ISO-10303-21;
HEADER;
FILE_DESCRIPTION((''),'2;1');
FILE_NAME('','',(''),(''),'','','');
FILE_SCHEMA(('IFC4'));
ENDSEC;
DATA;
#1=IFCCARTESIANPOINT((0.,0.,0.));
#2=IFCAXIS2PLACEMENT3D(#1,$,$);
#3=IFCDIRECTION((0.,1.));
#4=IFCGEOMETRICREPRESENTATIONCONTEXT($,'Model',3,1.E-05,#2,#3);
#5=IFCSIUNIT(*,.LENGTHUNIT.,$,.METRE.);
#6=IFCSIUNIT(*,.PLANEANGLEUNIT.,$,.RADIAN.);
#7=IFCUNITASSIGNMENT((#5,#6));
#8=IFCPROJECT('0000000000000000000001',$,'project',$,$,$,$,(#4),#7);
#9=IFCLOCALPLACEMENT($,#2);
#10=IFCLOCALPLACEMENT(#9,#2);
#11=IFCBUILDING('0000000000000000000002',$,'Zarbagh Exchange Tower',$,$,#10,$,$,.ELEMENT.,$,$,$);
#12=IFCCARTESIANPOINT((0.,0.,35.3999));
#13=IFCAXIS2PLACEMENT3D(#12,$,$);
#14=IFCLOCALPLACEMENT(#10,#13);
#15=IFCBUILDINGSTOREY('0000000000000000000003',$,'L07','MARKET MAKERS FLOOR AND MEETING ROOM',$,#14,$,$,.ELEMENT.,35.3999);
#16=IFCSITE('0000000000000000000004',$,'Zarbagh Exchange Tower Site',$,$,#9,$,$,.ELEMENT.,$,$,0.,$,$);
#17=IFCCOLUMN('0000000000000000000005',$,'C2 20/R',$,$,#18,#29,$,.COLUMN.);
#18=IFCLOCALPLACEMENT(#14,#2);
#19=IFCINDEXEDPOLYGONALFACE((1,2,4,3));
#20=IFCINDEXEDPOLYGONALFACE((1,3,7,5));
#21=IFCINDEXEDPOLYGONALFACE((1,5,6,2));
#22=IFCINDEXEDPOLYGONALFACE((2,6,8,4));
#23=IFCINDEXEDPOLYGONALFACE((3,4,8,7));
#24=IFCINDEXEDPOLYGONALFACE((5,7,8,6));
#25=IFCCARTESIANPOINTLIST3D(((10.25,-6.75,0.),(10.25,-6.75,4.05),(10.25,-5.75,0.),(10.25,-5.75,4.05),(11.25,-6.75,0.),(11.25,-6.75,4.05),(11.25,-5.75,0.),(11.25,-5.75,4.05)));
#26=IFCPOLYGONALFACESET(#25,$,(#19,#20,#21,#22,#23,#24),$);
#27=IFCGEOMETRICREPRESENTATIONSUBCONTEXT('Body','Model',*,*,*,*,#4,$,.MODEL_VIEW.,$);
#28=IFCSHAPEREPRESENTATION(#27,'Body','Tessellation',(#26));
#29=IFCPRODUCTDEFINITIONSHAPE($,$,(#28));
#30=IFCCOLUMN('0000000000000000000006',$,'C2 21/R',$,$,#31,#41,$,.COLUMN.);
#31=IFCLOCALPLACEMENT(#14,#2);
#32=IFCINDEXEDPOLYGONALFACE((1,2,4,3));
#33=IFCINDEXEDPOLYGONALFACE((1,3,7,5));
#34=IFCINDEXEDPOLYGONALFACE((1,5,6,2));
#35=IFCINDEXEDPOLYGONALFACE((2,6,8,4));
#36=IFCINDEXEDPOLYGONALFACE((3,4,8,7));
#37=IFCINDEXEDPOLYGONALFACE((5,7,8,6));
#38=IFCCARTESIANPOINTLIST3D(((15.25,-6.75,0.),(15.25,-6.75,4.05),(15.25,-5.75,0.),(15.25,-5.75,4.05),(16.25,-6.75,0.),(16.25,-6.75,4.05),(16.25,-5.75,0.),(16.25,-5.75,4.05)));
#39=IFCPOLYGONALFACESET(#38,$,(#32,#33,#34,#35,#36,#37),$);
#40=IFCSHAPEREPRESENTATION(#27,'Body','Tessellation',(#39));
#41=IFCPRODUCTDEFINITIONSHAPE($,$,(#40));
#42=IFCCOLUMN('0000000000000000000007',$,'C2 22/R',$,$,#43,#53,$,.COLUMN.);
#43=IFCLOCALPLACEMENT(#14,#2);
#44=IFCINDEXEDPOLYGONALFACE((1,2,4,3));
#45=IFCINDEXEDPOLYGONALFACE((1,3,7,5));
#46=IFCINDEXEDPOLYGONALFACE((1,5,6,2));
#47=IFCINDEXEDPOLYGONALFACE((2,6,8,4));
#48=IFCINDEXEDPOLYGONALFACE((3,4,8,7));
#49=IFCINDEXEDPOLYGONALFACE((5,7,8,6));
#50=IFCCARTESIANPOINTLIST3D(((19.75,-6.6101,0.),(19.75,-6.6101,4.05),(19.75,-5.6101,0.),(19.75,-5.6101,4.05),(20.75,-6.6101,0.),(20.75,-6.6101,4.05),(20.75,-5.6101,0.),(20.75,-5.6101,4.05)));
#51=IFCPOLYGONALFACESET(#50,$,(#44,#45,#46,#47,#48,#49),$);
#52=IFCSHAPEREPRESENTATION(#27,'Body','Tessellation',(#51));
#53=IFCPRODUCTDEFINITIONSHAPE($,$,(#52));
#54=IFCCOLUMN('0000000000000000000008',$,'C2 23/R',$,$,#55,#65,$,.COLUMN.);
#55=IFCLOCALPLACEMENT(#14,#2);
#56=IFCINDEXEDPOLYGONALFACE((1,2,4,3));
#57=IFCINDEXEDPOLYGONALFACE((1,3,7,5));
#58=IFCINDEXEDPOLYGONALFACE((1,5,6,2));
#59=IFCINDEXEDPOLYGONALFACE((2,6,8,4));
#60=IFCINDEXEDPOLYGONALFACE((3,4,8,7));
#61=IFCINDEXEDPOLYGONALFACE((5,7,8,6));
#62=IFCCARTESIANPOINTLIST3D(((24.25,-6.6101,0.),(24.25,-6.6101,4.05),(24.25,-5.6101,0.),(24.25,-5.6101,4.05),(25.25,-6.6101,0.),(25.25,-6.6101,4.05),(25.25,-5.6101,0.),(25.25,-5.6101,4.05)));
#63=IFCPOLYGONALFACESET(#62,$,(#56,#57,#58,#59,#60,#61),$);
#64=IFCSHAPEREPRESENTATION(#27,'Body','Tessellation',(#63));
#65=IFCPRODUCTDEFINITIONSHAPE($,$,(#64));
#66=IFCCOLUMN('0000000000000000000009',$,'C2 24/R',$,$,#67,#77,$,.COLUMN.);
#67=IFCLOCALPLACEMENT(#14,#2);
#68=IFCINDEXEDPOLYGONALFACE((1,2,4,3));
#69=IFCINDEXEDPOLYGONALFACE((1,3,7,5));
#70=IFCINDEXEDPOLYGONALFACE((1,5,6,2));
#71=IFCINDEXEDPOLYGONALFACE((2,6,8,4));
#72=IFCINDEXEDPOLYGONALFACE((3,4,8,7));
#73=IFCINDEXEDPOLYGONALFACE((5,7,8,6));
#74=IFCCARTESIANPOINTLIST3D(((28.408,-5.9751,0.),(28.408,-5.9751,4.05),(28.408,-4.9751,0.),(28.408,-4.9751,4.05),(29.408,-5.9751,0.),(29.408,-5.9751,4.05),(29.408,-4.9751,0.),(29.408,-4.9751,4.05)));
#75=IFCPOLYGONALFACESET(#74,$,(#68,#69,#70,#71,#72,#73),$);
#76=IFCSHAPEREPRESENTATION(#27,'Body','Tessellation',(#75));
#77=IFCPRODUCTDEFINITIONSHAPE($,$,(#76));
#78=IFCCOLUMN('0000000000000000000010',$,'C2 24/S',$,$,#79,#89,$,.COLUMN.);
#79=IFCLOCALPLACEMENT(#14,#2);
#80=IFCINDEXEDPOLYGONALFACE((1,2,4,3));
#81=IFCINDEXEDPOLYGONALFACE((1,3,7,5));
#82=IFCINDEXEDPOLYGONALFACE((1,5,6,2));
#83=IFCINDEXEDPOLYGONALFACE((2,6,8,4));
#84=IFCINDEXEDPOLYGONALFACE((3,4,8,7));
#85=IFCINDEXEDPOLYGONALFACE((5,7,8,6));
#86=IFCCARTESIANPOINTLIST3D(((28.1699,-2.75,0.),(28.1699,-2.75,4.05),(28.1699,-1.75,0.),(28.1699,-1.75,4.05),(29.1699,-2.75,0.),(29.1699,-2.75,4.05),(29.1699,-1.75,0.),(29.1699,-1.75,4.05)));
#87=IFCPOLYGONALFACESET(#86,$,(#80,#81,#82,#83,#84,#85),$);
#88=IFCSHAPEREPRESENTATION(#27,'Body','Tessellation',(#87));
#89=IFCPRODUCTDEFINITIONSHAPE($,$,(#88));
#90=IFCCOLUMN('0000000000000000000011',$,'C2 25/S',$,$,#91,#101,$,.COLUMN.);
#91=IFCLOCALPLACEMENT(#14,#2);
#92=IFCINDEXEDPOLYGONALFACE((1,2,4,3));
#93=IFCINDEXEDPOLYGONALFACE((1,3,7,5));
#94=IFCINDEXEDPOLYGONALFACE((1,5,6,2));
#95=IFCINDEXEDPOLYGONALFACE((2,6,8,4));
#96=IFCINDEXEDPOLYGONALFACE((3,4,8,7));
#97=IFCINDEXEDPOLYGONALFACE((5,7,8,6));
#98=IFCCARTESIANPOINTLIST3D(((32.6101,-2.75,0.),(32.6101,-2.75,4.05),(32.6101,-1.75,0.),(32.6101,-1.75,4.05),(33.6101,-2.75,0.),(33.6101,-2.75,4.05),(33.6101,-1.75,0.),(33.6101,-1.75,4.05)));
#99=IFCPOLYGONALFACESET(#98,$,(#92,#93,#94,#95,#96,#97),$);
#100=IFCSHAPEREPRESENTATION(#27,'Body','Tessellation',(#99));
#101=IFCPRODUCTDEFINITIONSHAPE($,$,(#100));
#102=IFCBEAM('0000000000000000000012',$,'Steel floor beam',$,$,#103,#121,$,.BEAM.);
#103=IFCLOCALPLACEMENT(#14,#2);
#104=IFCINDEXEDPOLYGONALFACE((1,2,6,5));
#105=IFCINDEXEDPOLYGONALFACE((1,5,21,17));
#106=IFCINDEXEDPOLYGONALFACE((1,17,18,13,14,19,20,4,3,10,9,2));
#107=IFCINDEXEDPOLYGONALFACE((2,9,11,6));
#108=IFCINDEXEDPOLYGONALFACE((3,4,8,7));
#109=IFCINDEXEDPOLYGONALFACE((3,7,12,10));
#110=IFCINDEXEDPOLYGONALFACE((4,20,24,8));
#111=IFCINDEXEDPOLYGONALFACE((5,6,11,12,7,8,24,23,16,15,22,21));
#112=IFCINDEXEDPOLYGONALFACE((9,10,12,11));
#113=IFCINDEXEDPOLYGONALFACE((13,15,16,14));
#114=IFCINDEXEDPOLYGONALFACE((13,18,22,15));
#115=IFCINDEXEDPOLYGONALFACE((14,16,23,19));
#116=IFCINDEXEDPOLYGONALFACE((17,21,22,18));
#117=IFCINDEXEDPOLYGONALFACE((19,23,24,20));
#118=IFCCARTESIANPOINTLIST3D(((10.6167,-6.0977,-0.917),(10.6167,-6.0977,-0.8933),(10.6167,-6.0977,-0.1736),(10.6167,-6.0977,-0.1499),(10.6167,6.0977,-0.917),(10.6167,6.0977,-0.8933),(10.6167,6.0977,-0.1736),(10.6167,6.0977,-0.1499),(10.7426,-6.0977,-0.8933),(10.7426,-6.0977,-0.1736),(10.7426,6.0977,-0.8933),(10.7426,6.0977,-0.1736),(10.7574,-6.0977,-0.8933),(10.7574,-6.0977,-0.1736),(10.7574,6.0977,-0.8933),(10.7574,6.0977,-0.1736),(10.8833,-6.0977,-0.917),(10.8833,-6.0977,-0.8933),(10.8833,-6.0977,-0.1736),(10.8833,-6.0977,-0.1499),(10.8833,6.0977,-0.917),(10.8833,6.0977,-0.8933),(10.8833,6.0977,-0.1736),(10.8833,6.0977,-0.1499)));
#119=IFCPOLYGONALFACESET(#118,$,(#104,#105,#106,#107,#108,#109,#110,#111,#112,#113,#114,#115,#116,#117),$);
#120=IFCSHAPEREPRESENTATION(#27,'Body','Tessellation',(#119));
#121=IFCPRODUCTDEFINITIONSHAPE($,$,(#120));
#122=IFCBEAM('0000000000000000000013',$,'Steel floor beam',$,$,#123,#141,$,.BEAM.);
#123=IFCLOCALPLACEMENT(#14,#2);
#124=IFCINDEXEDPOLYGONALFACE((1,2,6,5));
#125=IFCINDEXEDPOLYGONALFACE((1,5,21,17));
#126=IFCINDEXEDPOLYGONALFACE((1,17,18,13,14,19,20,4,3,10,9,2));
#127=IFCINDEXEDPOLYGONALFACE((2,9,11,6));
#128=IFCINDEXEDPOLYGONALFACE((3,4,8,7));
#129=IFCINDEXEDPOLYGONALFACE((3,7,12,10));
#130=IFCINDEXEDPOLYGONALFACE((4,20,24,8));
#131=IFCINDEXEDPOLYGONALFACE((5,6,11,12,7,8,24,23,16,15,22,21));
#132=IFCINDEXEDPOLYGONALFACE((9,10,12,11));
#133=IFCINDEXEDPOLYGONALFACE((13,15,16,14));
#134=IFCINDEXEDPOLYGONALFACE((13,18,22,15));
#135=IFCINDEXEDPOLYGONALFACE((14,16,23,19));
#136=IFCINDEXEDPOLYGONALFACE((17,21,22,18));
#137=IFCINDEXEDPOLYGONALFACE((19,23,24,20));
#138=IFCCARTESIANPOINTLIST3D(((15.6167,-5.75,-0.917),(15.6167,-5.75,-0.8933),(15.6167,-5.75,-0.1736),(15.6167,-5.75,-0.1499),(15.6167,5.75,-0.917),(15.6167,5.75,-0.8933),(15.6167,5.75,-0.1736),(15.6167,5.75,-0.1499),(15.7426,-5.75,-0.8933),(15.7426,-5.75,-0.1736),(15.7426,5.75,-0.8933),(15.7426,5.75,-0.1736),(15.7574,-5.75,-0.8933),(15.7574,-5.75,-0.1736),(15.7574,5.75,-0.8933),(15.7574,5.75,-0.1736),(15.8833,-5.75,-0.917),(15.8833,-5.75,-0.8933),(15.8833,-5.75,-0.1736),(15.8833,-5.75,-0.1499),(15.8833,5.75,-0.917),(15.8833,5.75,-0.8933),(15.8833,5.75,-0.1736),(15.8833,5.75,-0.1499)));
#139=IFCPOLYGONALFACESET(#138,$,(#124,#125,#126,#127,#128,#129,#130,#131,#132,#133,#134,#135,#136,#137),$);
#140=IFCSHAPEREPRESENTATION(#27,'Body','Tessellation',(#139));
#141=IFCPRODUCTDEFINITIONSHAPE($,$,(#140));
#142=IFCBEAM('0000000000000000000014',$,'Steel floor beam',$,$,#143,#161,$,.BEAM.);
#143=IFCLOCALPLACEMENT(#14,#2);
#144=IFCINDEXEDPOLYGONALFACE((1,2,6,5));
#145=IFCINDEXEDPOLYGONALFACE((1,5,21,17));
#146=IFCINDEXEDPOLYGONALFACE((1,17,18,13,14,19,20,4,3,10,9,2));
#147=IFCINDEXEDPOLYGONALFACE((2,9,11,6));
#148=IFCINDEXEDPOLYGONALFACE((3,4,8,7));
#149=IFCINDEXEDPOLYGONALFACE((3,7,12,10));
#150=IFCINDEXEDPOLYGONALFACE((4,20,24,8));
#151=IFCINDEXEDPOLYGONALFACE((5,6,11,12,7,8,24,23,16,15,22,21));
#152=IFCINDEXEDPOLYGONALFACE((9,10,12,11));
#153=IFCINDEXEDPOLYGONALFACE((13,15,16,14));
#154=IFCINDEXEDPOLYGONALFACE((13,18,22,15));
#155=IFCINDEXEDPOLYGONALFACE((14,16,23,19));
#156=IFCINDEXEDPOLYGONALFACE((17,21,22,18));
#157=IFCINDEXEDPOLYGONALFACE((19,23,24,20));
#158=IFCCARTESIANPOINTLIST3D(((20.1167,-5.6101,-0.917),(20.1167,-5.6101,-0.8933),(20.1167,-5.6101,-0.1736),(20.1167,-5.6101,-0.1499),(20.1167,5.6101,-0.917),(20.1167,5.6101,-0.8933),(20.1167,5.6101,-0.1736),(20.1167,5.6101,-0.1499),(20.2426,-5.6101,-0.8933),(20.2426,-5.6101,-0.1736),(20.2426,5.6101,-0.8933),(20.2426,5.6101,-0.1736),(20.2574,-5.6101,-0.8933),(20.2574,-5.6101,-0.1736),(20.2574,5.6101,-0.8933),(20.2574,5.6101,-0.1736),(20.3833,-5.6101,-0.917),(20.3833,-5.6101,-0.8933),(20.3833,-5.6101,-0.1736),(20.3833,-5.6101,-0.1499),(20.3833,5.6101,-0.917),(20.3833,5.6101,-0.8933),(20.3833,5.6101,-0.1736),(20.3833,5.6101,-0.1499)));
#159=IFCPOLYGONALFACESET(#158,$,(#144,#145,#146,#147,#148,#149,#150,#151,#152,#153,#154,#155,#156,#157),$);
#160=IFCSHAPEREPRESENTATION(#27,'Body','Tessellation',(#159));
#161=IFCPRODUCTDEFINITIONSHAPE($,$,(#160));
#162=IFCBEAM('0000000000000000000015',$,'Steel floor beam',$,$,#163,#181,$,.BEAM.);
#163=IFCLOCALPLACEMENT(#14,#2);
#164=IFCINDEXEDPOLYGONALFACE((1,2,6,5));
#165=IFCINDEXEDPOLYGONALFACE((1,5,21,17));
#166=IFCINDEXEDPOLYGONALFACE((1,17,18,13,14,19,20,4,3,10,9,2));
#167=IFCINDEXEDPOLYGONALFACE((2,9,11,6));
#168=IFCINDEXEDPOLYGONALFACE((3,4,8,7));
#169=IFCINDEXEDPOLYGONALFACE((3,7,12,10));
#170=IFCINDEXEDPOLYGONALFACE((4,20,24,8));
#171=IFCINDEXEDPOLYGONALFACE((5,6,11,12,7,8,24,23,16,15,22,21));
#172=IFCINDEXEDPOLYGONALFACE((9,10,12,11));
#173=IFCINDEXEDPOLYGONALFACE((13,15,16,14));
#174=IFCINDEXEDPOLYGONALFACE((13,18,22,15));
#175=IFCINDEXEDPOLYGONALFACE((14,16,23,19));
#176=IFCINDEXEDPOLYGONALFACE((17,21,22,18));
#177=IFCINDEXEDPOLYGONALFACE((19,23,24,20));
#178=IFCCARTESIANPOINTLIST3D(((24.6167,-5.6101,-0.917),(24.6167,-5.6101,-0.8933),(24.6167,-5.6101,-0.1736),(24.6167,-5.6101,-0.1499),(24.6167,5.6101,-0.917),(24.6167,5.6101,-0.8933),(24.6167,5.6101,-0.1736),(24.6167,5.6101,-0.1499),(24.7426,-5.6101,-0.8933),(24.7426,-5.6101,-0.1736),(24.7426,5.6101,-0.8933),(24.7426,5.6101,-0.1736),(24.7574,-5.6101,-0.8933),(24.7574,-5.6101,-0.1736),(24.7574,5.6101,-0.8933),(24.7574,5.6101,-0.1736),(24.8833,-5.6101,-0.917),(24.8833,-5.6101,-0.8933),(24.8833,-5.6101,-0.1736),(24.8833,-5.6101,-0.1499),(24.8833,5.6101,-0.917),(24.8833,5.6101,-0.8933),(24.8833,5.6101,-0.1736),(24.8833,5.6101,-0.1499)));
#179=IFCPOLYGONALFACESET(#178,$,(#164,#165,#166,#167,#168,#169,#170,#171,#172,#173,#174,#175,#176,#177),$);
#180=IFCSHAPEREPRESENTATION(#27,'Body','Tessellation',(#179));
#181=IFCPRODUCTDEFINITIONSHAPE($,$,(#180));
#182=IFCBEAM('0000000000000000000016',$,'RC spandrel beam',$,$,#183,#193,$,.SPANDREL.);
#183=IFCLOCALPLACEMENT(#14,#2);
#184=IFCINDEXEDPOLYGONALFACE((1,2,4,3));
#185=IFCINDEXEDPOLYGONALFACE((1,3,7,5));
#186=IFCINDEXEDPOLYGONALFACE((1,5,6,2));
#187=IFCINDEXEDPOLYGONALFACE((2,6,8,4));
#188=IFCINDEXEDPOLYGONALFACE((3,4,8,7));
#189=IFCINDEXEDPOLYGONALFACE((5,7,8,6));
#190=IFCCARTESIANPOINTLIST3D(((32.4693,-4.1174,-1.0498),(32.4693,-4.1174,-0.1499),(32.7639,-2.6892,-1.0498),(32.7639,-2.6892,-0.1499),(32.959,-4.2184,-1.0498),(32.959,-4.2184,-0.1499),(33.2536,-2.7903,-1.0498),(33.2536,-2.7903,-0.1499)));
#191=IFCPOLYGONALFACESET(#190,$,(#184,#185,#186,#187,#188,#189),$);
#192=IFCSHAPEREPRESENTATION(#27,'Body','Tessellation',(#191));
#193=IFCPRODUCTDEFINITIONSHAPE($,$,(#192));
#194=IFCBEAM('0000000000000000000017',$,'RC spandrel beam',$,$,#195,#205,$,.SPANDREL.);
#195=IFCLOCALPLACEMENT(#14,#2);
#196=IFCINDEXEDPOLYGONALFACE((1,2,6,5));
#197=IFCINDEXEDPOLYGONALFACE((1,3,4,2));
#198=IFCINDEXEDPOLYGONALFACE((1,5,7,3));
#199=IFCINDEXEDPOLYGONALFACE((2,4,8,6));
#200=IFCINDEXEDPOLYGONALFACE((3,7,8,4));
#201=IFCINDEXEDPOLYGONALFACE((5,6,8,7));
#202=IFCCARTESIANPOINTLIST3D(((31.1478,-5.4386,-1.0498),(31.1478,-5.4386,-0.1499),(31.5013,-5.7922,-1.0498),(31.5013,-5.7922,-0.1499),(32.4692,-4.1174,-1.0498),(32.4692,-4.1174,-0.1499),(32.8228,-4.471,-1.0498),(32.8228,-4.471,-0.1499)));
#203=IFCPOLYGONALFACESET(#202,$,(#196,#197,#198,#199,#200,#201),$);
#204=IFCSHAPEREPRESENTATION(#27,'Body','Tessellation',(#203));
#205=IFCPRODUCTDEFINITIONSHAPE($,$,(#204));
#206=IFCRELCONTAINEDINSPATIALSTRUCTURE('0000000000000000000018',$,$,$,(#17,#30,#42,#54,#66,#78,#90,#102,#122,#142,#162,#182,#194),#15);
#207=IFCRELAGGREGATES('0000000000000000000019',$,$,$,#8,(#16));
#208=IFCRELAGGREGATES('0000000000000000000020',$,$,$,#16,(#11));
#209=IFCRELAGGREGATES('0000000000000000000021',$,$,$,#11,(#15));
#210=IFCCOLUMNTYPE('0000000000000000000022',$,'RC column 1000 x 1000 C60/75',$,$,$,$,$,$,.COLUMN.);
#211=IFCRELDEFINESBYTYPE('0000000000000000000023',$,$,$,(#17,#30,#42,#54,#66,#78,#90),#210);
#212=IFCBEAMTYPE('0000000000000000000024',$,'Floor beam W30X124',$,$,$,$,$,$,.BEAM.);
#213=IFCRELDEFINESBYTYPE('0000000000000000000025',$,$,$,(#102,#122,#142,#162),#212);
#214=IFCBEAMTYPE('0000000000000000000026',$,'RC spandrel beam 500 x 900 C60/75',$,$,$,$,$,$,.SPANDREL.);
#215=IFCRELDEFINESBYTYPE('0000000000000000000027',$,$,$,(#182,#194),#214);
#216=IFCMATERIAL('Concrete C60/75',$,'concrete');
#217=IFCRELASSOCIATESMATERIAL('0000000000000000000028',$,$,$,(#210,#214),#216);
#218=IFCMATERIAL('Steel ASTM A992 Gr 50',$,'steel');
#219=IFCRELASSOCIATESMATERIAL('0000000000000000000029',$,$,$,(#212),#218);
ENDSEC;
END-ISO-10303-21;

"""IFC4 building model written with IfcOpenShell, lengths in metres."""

from ifc_helpers import new_model, si_unit, direction, frame, origin, origin_2d, place, context, subcontext, project, spatial, rectangle, i_section, extrude, material, material_profile, profile_set, type_object, element, save


model = new_model("IFC4")

# Units and contexts
model_context = context("Model", 3, precision=1e-05, world=origin(), true_north=direction((0.0, 1.0)))
body_context = subcontext(model_context, "Body", "Model", "MODEL_VIEW")
ifc_project = project(units=[si_unit("LENGTHUNIT", "METRE"), si_unit("PLANEANGLEUNIT", "RADIAN")], contexts=[model_context])

# Site, building, storey
site_placement = place(None, origin())
site = spatial("IfcSite", under=ifc_project, at=site_placement, Name="Zarbagh Exchange Tower Site", CompositionType="ELEMENT", RefElevation=0.0)
building_placement = place(site_placement, origin())
building = spatial("IfcBuilding", under=site, at=building_placement, Name="Zarbagh Exchange Tower", CompositionType="ELEMENT")
storey_placement = place(building_placement, frame((0.0, 0.0, 35.3999)))
storey = spatial("IfcBuildingStorey", under=building, at=storey_placement, Name="L07", Description="MARKET MAKERS FLOOR AND MEETING ROOM", CompositionType="ELEMENT", Elevation=35.3999)

# Columns
ifc_material_1 = material(Name="Concrete C60/75", Category="concrete")
ifc_material_profile_1 = material_profile(ifc_material_1, rectangle(XDim=1.0, YDim=1.0, at=origin_2d()), Name="RC column 1000 x 1000 C60/75")
ifc_profile_set_1 = profile_set([ifc_material_profile_1], Name="Concrete C60/75")
column_type = type_object("IfcColumnType", Name="RC column 1000 x 1000 C60/75", PredefinedType="COLUMN", material=ifc_profile_set_1)
for number, where, z_axis, x_axis, name in (
    (1, (10.75, -6.25, 0.0), (0.0, 0.0, 1.0), (1.0, 0.0, 0.0), "C2 20/R"),
    (2, (15.75, -6.25, 0.0), (0.0, 0.0, 1.0), (1.0, 0.0, 0.0), "C2 21/R"),
    (3, (20.25, -6.1101, 0.0), (0.0, 0.0, 1.0), (1.0, 0.0, 0.0), "C2 22/R"),
    (4, (24.75, -6.1101, 0.0), (0.0, 0.0, 1.0), (1.0, 0.0, 0.0), "C2 23/R"),
    (5, (28.908, -5.4751, 0.0), (0.0, 0.0, 1.0), (1.0, 0.0, 0.0), "C2 24/R"),
    (6, (28.6699, -2.25, 0.0), (0.0, 0.0, 1.0), (1.0, 0.0, 0.0), "C2 24/S"),
    (7, (33.1101, -2.25, 0.0), (0.0, 0.0, 1.0), (1.0, 0.0, 0.0), "C2 25/S"),
):
    element("IfcColumn", number, at=place(storey_placement, frame(where, z_axis=z_axis, x_axis=x_axis)), inside=storey, type_object=column_type, Name=name, PredefinedType="COLUMN", context=body_context, shape_type="SweptSolid", body=[
        extrude(rectangle(XDim=1.0, YDim=1.0, at=origin_2d()), origin(), (0.0, 0.0, 1.0), 4.05),
    ])

# Beams
ifc_material_2 = material(Name="Steel ASTM A992 Gr 50", Category="steel")
ifc_material_profile_2 = material_profile(ifc_material_2, i_section(OverallWidth=0.2666, OverallDepth=0.7671, WebThickness=0.0149, FlangeThickness=0.0237, at=origin_2d()), Name="W30X124")
ifc_profile_set_2 = profile_set([ifc_material_profile_2], Name="Steel ASTM A992 Gr 50")
beam_type_1 = type_object("IfcBeamType", Name="Floor beam W30X124", PredefinedType="BEAM", material=ifc_profile_set_2)
beam_1_placement = place(storey_placement, frame((10.75, -6.0977, -0.5334), z_axis=(0.0, 1.0, 0.0), x_axis=(-1.0, 0.0, 0.0)))
element("IfcBeam", 8, at=beam_1_placement, inside=storey, type_object=beam_type_1, Name="Steel floor beam", PredefinedType="BEAM", context=body_context, shape_type="SweptSolid", body=[
    extrude(i_section(OverallWidth=0.2666, OverallDepth=0.7671, WebThickness=0.0149, FlangeThickness=0.0237, at=origin_2d()), origin(), (0.0, 0.0, 1.0), 12.1953),
])
beam_2_placement = place(storey_placement, frame((15.75, -5.75, -0.5334), z_axis=(0.0, 1.0, 0.0), x_axis=(-1.0, 0.0, 0.0)))
element("IfcBeam", 9, at=beam_2_placement, inside=storey, type_object=beam_type_1, Name="Steel floor beam", PredefinedType="BEAM", context=body_context, shape_type="SweptSolid", body=[
    extrude(i_section(OverallWidth=0.2666, OverallDepth=0.7671, WebThickness=0.0149, FlangeThickness=0.0237, at=origin_2d()), origin(), (0.0, 0.0, 1.0), 11.5),
])
for number, where, z_axis, x_axis, name in (
    (10, (20.25, -5.6101, -0.5334), (0.0, 1.0, 0.0), (-1.0, 0.0, 0.0), "Steel floor beam"),
    (11, (24.75, -5.6101, -0.5334), (0.0, 1.0, 0.0), (-1.0, 0.0, 0.0), "Steel floor beam"),
):
    element("IfcBeam", number, at=place(storey_placement, frame(where, z_axis=z_axis, x_axis=x_axis)), inside=storey, type_object=beam_type_1, Name=name, PredefinedType="BEAM", context=body_context, shape_type="SweptSolid", body=[
        extrude(i_section(OverallWidth=0.2666, OverallDepth=0.7671, WebThickness=0.0149, FlangeThickness=0.0237, at=origin_2d()), origin(), (0.0, 0.0, 1.0), 11.2202),
    ])
ifc_material_profile_3 = material_profile(ifc_material_1, rectangle(XDim=0.5, YDim=0.8999, at=origin_2d()), Name="RC spandrel beam 500 x 900 C60/75")
ifc_profile_set_3 = profile_set([ifc_material_profile_3], Name="Concrete C60/75")
beam_type_2 = type_object("IfcBeamType", Name="RC spandrel beam 500 x 900 C60/75", PredefinedType="SPANDREL", material=ifc_profile_set_3)
beam_3_placement = place(storey_placement, frame((33.0088, -2.7397, -0.5999), z_axis=(-0.202069, -0.979371, 0.0), x_axis=(0.979371, -0.202069, 0.0)))
element("IfcBeam", 12, at=beam_3_placement, inside=storey, type_object=beam_type_2, Name="RC spandrel beam", PredefinedType="SPANDREL", context=body_context, shape_type="SweptSolid", body=[
    extrude(rectangle(XDim=0.5, YDim=0.8999, at=origin_2d()), origin(), (0.0, 0.0, 1.0), 1.4583),
])
beam_4_placement = place(storey_placement, frame((32.646, -4.2942, -0.5999), z_axis=(-0.707172, -0.707041, 0.0), x_axis=(0.707041, -0.707172, 0.0)))
element("IfcBeam", 13, at=beam_4_placement, inside=storey, type_object=beam_type_2, Name="RC spandrel beam", PredefinedType="SPANDREL", context=body_context, shape_type="SweptSolid", body=[
    extrude(rectangle(XDim=0.5, YDim=0.8999, at=origin_2d()), origin(), (0.0, 0.0, 1.0), 1.8687),
])

save(model, "model.ifc")
